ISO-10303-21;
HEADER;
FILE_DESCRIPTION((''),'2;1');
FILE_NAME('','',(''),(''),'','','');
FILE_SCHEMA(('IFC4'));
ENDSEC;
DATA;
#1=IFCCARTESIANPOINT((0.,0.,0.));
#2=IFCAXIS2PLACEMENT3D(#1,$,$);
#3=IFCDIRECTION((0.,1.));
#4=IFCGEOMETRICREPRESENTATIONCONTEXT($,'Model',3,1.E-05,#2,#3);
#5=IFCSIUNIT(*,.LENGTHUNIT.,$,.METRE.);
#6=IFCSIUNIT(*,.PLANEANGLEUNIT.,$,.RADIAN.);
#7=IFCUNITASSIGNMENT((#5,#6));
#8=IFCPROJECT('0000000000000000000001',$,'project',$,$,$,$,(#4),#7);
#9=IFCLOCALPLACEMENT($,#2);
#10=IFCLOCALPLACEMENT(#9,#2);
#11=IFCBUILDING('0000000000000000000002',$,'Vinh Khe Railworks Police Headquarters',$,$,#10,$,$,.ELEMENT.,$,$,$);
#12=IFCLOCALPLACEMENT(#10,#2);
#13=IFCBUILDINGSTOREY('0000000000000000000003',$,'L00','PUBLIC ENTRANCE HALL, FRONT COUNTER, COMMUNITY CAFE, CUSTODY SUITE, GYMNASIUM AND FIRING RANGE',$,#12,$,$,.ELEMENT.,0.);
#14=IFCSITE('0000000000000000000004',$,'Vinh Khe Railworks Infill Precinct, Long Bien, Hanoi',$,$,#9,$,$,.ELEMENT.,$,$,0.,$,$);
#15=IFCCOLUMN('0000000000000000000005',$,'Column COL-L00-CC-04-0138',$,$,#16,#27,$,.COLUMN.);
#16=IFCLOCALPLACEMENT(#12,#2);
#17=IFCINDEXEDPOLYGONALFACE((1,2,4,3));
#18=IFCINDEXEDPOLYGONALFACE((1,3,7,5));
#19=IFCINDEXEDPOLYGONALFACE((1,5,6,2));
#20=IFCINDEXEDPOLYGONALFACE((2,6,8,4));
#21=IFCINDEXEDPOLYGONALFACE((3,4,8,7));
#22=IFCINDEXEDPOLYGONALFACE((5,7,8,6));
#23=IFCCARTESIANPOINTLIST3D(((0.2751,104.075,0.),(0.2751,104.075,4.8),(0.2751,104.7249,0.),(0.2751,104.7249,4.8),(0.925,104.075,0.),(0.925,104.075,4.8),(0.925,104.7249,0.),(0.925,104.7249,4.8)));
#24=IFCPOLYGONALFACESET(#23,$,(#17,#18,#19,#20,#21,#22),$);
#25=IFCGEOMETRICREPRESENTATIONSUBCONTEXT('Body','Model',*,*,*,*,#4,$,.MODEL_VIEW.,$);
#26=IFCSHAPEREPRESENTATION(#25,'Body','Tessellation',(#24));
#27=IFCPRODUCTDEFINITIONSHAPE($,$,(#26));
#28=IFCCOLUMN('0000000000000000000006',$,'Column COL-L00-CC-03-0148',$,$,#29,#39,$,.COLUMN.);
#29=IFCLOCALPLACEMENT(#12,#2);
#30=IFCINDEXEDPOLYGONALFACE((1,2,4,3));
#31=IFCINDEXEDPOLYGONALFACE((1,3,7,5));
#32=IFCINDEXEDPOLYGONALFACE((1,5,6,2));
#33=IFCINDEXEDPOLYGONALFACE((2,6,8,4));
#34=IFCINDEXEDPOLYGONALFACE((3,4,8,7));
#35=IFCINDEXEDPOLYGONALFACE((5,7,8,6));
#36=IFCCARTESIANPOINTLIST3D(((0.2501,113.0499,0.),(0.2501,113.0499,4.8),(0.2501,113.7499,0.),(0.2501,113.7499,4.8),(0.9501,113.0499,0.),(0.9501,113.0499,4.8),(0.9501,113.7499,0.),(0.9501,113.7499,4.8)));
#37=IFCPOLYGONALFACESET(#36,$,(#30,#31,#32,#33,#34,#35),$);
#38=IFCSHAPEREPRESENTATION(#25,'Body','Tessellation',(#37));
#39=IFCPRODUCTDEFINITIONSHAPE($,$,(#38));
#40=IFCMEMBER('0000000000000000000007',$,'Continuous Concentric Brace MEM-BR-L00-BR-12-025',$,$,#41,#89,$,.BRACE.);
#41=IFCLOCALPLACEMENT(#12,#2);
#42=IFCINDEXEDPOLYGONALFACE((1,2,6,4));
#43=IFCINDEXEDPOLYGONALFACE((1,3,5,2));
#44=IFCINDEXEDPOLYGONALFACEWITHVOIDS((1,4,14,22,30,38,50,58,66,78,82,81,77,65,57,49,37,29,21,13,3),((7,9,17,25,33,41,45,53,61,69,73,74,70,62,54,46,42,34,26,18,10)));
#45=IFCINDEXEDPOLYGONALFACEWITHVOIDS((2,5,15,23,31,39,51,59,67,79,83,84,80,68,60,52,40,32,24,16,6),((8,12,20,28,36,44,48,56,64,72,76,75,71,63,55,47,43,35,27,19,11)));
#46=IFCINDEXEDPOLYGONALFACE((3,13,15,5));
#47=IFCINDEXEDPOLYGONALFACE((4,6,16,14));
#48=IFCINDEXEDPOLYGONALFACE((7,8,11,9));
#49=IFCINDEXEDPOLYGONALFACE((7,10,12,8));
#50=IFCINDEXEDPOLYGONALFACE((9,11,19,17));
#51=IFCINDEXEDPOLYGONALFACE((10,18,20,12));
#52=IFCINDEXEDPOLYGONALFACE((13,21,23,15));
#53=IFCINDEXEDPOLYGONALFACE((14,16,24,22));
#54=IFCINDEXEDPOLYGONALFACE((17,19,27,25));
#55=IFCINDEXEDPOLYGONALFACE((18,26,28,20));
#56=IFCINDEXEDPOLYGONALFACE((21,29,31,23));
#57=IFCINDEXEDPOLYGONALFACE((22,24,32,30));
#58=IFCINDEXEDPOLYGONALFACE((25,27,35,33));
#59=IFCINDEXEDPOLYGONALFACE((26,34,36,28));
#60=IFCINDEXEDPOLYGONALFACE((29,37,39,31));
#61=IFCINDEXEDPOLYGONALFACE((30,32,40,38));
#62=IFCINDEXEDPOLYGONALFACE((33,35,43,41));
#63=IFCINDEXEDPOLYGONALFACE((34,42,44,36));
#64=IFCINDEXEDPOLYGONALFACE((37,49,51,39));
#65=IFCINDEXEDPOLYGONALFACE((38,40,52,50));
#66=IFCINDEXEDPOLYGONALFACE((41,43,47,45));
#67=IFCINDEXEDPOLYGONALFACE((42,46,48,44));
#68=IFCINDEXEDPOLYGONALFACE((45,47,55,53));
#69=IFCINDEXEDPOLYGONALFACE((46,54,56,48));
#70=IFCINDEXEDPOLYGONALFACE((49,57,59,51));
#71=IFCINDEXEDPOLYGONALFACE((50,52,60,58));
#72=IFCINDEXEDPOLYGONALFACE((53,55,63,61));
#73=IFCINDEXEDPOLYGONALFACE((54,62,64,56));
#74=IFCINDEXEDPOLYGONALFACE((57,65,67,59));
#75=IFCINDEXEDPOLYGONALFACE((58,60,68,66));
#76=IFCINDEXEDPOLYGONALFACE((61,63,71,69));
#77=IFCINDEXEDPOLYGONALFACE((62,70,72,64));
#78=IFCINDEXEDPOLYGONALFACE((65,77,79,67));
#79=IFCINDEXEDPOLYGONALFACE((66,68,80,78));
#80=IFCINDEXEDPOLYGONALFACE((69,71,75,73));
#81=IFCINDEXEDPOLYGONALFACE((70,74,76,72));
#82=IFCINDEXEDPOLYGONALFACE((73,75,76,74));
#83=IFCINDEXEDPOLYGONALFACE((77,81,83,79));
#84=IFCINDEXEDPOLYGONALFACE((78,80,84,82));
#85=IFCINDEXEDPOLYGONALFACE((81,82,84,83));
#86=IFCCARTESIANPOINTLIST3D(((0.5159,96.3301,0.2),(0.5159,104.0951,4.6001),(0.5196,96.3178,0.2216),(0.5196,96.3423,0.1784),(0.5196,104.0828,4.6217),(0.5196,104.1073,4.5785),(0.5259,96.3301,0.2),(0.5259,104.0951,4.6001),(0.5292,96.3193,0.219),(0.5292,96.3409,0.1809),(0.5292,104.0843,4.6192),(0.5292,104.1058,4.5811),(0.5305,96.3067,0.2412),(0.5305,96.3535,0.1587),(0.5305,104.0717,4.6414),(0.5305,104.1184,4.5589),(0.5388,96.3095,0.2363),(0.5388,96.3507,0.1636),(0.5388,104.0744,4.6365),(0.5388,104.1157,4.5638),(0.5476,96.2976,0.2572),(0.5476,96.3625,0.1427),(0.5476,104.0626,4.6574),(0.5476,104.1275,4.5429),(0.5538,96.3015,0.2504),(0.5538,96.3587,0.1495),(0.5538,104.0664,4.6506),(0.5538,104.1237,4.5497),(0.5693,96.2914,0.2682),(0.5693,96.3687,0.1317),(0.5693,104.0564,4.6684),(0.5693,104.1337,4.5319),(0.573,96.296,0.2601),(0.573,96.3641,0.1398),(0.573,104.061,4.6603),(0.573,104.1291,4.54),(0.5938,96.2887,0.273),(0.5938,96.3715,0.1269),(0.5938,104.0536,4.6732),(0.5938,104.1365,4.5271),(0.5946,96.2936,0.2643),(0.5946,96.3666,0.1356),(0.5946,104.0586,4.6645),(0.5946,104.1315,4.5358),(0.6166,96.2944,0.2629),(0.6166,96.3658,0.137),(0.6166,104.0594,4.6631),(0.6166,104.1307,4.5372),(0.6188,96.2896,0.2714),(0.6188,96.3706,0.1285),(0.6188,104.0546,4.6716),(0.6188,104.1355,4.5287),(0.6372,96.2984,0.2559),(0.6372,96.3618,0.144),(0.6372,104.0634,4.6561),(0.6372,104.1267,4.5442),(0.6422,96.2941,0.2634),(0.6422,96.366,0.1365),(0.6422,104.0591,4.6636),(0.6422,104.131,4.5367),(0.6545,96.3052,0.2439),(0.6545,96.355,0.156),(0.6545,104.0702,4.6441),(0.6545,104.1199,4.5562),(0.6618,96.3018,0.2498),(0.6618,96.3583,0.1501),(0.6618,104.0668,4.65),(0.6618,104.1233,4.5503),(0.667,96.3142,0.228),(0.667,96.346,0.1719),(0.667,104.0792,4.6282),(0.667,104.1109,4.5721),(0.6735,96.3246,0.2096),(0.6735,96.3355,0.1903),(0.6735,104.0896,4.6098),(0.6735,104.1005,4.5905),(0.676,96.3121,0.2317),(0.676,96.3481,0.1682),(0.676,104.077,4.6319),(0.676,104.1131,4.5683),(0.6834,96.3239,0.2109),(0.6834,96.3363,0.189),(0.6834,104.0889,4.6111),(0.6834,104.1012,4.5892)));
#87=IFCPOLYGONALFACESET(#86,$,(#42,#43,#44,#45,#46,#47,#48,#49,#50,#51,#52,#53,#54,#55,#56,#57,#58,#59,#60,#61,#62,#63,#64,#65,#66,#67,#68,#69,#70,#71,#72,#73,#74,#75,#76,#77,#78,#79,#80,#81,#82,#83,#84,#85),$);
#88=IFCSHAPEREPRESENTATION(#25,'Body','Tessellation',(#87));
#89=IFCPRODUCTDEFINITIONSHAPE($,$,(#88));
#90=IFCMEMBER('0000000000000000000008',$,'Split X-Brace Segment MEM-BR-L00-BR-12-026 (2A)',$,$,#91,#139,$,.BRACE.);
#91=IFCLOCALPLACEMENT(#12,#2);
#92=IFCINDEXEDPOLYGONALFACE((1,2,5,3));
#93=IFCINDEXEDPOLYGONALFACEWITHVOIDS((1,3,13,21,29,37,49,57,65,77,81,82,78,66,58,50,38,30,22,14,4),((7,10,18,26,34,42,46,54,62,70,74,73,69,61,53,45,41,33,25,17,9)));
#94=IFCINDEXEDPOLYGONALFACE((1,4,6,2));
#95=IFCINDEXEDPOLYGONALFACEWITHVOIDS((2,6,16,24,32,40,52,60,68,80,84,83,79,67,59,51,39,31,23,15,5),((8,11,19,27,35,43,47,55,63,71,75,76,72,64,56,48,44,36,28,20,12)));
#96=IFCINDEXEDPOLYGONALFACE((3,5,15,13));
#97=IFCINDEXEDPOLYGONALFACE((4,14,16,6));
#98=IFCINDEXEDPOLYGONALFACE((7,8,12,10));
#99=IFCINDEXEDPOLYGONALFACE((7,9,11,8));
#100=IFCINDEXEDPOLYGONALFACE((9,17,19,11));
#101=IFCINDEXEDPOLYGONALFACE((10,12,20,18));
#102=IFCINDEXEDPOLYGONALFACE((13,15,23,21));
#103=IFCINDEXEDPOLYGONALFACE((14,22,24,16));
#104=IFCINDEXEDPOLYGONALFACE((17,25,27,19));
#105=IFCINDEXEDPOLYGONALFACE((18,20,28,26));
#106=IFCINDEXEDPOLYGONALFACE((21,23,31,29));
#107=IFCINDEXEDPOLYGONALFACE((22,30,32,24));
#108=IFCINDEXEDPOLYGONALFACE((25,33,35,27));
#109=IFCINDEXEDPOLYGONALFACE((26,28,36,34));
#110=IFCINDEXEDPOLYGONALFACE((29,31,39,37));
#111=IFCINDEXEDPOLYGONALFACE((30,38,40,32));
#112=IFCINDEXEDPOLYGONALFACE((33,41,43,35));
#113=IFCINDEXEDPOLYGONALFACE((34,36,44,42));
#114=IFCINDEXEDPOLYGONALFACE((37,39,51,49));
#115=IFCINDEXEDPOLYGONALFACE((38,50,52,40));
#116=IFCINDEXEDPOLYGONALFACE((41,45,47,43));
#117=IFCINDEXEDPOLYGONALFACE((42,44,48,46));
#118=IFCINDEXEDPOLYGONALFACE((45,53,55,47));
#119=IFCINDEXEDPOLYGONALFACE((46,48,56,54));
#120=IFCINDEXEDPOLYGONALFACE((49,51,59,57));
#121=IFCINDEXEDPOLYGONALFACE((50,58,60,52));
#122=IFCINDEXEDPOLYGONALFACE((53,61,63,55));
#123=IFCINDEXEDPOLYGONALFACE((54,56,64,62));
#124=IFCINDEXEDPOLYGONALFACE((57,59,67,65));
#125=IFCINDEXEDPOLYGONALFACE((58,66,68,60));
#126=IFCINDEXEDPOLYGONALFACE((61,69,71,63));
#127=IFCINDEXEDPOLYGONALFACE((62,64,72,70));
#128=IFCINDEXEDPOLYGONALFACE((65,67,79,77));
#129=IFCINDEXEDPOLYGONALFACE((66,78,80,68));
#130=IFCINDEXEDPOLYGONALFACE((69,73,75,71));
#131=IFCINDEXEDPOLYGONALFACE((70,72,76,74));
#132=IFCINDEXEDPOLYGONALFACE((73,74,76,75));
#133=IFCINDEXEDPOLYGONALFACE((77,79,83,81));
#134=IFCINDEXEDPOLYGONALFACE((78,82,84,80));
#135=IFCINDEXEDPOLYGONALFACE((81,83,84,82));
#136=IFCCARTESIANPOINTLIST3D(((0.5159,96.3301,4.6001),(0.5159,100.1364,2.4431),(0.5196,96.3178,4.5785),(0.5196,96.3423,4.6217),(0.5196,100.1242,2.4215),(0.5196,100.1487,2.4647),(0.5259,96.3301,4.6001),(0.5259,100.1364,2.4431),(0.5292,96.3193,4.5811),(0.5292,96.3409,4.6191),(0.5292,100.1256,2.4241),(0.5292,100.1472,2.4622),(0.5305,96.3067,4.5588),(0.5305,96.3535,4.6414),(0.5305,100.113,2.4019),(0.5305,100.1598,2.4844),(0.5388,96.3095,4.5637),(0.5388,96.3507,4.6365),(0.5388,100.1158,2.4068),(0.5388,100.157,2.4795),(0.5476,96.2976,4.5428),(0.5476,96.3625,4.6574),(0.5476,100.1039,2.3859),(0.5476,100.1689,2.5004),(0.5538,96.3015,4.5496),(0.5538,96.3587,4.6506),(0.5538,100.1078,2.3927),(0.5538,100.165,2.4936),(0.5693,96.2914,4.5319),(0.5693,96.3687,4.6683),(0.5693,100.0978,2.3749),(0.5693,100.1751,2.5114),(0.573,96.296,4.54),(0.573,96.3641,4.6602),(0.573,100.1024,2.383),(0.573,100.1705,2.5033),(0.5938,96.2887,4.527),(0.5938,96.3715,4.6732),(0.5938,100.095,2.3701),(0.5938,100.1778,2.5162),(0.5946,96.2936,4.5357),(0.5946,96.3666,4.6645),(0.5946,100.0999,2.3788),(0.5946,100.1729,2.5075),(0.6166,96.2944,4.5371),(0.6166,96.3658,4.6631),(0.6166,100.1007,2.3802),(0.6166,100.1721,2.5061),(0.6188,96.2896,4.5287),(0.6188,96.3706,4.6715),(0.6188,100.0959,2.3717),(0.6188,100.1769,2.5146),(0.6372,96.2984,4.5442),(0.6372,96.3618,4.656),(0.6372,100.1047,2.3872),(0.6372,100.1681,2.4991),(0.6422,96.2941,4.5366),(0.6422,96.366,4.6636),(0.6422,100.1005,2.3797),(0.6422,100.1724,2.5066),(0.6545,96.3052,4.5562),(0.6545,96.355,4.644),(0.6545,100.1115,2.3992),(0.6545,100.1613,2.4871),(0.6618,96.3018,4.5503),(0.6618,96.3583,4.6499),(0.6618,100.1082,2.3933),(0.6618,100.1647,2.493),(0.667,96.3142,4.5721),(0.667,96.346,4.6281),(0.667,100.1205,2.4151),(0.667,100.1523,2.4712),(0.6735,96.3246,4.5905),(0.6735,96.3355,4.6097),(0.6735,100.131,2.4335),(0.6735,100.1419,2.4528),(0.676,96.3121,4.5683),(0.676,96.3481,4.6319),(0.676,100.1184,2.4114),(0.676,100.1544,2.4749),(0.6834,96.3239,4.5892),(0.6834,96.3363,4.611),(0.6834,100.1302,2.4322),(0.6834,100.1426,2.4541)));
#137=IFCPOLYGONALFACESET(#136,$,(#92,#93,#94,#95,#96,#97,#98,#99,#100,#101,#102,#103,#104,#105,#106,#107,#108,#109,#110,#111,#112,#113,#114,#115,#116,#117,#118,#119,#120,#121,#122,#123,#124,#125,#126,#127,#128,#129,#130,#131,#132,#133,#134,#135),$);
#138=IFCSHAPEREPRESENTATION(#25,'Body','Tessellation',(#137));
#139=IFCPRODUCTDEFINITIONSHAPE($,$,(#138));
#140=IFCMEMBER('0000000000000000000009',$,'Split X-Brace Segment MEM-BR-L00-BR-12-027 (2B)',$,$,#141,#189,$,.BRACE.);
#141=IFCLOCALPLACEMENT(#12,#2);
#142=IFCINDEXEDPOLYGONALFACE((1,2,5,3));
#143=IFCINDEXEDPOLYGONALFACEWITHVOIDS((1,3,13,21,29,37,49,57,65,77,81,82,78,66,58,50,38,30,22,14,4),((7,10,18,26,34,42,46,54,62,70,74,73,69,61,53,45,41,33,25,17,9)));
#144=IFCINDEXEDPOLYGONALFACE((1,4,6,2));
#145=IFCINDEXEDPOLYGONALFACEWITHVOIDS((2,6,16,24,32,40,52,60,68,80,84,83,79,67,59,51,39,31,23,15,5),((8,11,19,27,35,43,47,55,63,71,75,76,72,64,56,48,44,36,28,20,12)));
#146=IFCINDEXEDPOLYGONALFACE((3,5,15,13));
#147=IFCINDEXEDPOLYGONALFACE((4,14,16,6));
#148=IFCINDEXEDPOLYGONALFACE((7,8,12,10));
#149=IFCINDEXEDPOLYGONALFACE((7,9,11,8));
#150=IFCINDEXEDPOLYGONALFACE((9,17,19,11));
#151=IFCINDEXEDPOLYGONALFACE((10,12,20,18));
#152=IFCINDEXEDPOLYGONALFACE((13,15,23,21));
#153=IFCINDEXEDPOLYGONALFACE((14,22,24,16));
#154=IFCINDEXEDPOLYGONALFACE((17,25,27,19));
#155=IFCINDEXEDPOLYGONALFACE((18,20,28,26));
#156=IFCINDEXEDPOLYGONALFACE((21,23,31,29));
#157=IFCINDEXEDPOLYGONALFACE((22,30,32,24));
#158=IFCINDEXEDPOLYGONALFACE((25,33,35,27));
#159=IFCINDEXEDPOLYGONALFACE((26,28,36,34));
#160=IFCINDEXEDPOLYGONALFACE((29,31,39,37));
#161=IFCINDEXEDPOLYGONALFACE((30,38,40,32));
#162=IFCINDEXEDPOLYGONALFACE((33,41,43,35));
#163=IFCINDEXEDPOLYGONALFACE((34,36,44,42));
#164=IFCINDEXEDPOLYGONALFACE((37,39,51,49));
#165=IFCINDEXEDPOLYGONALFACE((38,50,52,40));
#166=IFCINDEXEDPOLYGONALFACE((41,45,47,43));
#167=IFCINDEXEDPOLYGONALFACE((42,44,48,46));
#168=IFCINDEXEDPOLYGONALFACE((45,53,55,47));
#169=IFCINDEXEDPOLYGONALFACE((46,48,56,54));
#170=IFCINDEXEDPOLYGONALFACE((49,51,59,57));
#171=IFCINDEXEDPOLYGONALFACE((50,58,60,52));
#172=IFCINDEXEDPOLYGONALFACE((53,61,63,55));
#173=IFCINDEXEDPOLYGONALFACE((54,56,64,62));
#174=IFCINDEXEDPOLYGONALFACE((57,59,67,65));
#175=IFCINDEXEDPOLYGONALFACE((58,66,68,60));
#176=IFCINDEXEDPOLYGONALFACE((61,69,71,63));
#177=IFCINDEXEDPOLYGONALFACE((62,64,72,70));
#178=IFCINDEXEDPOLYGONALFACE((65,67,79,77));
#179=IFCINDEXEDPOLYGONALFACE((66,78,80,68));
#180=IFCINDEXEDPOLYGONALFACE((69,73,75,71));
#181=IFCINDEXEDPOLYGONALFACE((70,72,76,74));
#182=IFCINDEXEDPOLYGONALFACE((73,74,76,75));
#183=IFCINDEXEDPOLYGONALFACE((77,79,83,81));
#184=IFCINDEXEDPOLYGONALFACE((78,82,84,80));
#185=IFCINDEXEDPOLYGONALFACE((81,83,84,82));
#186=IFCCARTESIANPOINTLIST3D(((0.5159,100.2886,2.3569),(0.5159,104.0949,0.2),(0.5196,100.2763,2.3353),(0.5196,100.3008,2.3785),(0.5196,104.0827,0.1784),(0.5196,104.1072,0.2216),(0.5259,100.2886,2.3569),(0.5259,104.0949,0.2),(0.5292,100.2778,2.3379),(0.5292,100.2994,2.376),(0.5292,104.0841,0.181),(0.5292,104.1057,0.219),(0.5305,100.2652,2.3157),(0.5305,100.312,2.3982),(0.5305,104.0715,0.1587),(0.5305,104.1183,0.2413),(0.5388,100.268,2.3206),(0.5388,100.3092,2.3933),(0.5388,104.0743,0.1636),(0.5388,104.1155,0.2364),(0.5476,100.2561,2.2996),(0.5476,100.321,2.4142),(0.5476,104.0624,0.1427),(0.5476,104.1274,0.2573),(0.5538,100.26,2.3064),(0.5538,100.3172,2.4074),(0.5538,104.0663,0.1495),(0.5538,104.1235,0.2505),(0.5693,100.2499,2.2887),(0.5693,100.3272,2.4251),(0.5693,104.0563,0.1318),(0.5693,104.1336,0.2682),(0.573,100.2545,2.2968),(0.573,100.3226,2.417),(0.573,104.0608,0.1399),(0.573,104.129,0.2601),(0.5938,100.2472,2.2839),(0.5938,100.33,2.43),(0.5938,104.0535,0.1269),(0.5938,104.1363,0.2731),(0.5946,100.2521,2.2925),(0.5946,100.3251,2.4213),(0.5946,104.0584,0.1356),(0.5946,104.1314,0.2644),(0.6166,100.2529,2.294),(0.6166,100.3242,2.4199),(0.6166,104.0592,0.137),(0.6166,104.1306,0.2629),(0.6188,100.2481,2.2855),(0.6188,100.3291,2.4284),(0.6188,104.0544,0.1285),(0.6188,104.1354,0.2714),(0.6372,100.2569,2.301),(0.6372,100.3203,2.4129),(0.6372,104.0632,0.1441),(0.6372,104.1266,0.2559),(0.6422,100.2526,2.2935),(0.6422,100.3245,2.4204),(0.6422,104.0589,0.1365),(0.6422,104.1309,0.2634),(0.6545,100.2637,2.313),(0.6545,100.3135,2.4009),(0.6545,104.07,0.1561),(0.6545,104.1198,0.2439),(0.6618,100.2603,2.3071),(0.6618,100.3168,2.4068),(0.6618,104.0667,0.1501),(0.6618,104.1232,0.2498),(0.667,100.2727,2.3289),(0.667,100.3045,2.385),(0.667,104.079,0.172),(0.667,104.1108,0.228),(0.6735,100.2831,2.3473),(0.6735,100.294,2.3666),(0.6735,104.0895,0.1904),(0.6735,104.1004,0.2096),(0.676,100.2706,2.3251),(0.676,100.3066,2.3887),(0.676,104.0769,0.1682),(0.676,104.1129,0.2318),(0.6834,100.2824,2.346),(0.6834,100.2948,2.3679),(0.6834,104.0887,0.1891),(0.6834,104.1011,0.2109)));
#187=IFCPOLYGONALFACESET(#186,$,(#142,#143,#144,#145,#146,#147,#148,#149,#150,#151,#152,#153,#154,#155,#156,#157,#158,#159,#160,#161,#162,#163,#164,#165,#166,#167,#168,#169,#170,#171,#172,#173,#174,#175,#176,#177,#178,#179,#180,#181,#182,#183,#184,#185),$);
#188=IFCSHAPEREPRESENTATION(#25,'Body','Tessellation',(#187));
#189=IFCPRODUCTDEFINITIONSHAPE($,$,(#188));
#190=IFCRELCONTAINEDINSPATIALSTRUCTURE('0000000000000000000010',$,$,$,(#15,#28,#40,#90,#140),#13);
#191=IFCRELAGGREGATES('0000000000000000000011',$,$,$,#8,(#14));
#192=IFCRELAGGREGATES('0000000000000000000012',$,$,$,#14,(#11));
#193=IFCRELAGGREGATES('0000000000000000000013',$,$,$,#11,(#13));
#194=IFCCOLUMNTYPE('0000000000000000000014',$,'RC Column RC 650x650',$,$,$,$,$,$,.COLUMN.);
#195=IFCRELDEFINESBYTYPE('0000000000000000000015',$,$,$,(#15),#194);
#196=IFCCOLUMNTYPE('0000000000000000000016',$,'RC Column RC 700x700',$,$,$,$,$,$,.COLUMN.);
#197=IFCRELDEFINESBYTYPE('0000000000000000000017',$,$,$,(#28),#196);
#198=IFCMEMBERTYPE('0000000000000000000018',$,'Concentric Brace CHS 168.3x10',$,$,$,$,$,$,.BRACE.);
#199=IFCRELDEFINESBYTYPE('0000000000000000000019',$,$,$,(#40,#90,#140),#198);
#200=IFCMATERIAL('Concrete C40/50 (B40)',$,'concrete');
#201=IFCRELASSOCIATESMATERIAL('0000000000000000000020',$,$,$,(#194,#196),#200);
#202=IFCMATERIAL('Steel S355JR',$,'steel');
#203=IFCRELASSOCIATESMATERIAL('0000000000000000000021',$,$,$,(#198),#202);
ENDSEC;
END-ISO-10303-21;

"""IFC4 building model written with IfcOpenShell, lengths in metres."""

from ifc_helpers import new_model, si_unit, direction, frame, origin, origin_2d, place, context, subcontext, project, spatial, rectangle, hollow_circle, extrude, material, material_profile, profile_set, type_object, element, save


model = new_model("IFC4")

# Units and contexts
model_context = context("Model", 3, precision=1e-05, world=origin(), true_north=direction((0.0, 1.0)))
body_context = subcontext(model_context, "Body", "Model", "MODEL_VIEW")
ifc_project = project(units=[si_unit("LENGTHUNIT", "METRE"), si_unit("PLANEANGLEUNIT", "RADIAN")], contexts=[model_context])

# Site, building, storey
site_placement = place(None, origin())
site = spatial("IfcSite", under=ifc_project, at=site_placement, Name="Vinh Khe Railworks Infill Precinct, Long Bien, Hanoi", CompositionType="ELEMENT", RefElevation=0.0)
building_placement = place(site_placement, origin())
building = spatial("IfcBuilding", under=site, at=building_placement, Name="Vinh Khe Railworks Police Headquarters", CompositionType="ELEMENT")
storey_placement = place(building_placement, origin())
storey = spatial("IfcBuildingStorey", under=building, at=storey_placement, Name="L00", Description="PUBLIC ENTRANCE HALL, FRONT COUNTER, COMMUNITY CAFE, CUSTODY SUITE, GYMNASIUM AND FIRING RANGE", CompositionType="ELEMENT", Elevation=0.0)

# Columns
ifc_material_1 = material(Name="Concrete C40/50 (B40)", Category="concrete")
ifc_material_profile_1 = material_profile(ifc_material_1, rectangle(XDim=0.6499, YDim=0.6499, at=origin_2d()), Name="RC 650x650")
ifc_profile_set_1 = profile_set([ifc_material_profile_1], Name="Concrete C40/50 (B40)")
column_type_1 = type_object("IfcColumnType", Name="RC Column RC 650x650", PredefinedType="COLUMN", material=ifc_profile_set_1)
column_1_placement = place(storey_placement, frame((0.6001, 104.3999, 0.0), z_axis=(0.0, 0.0, 1.0), x_axis=(1.0, 0.0, 0.0)))
element("IfcColumn", 1, at=column_1_placement, inside=storey, type_object=column_type_1, Name="Column COL-L00-CC-04-0138", PredefinedType="COLUMN", context=body_context, shape_type="SweptSolid", body=[
    extrude(rectangle(XDim=0.6499, YDim=0.6499, at=origin_2d()), origin(), (0.0, 0.0, 1.0), 4.8),
])
ifc_material_profile_2 = material_profile(ifc_material_1, rectangle(XDim=0.7, YDim=0.7, at=origin_2d()), Name="RC 700x700")
ifc_profile_set_2 = profile_set([ifc_material_profile_2], Name="Concrete C40/50 (B40)")
column_type_2 = type_object("IfcColumnType", Name="RC Column RC 700x700", PredefinedType="COLUMN", material=ifc_profile_set_2)
column_2_placement = place(storey_placement, frame((0.6001, 113.3999, 0.0), z_axis=(0.0, 0.0, 1.0), x_axis=(1.0, 0.0, 0.0)))
element("IfcColumn", 2, at=column_2_placement, inside=storey, type_object=column_type_2, Name="Column COL-L00-CC-03-0148", PredefinedType="COLUMN", context=body_context, shape_type="SweptSolid", body=[
    extrude(rectangle(XDim=0.7, YDim=0.7, at=origin_2d()), origin(), (0.0, 0.0, 1.0), 4.8),
])

# Members
ifc_material_2 = material(Name="Steel S355JR", Category="steel")
ifc_material_profile_3 = material_profile(ifc_material_2, hollow_circle(Radius=0.0842, WallThickness=0.01, at=origin_2d()), Name="CHS 168.3x10")
ifc_profile_set_3 = profile_set([ifc_material_profile_3], Name="Steel S355JR")
member_type = type_object("IfcMemberType", Name="Concentric Brace CHS 168.3x10", PredefinedType="BRACE", material=ifc_profile_set_3)
member_placement = place(storey_placement, frame((0.6001, 96.3301, 0.2), z_axis=(0.0, 0.87002, 0.493016), x_axis=(-1.0, 0.0, 0.0)))
element("IfcMember", 3, at=member_placement, inside=storey, type_object=member_type, Name="Continuous Concentric Brace MEM-BR-L00-BR-12-025", PredefinedType="BRACE", context=body_context, shape_type="SweptSolid", body=[
    extrude(hollow_circle(Radius=0.0842, WallThickness=0.01, at=origin_2d()), origin(), (0.0, 0.0, 1.0), 8.925),
])
for number, where, z_axis, x_axis, name in (
    (4, (0.6001, 96.3301, 4.6001), (0.0, 0.87002, -0.493017), (-1.0, 0.0, 0.0), "Split X-Brace Segment MEM-BR-L00-BR-12-026 (2A)"),
    (5, (0.6001, 100.2886, 2.3569), (0.0, 0.87002, -0.493017), (-1.0, 0.0, 0.0), "Split X-Brace Segment MEM-BR-L00-BR-12-027 (2B)"),
):
    element("IfcMember", number, at=place(storey_placement, frame(where, z_axis=z_axis, x_axis=x_axis)), inside=storey, type_object=member_type, Name=name, PredefinedType="BRACE", context=body_context, shape_type="SweptSolid", body=[
        extrude(hollow_circle(Radius=0.0842, WallThickness=0.01, at=origin_2d()), origin(), (0.0, 0.0, 1.0), 4.375),
    ])

save(model, "model.ifc")
